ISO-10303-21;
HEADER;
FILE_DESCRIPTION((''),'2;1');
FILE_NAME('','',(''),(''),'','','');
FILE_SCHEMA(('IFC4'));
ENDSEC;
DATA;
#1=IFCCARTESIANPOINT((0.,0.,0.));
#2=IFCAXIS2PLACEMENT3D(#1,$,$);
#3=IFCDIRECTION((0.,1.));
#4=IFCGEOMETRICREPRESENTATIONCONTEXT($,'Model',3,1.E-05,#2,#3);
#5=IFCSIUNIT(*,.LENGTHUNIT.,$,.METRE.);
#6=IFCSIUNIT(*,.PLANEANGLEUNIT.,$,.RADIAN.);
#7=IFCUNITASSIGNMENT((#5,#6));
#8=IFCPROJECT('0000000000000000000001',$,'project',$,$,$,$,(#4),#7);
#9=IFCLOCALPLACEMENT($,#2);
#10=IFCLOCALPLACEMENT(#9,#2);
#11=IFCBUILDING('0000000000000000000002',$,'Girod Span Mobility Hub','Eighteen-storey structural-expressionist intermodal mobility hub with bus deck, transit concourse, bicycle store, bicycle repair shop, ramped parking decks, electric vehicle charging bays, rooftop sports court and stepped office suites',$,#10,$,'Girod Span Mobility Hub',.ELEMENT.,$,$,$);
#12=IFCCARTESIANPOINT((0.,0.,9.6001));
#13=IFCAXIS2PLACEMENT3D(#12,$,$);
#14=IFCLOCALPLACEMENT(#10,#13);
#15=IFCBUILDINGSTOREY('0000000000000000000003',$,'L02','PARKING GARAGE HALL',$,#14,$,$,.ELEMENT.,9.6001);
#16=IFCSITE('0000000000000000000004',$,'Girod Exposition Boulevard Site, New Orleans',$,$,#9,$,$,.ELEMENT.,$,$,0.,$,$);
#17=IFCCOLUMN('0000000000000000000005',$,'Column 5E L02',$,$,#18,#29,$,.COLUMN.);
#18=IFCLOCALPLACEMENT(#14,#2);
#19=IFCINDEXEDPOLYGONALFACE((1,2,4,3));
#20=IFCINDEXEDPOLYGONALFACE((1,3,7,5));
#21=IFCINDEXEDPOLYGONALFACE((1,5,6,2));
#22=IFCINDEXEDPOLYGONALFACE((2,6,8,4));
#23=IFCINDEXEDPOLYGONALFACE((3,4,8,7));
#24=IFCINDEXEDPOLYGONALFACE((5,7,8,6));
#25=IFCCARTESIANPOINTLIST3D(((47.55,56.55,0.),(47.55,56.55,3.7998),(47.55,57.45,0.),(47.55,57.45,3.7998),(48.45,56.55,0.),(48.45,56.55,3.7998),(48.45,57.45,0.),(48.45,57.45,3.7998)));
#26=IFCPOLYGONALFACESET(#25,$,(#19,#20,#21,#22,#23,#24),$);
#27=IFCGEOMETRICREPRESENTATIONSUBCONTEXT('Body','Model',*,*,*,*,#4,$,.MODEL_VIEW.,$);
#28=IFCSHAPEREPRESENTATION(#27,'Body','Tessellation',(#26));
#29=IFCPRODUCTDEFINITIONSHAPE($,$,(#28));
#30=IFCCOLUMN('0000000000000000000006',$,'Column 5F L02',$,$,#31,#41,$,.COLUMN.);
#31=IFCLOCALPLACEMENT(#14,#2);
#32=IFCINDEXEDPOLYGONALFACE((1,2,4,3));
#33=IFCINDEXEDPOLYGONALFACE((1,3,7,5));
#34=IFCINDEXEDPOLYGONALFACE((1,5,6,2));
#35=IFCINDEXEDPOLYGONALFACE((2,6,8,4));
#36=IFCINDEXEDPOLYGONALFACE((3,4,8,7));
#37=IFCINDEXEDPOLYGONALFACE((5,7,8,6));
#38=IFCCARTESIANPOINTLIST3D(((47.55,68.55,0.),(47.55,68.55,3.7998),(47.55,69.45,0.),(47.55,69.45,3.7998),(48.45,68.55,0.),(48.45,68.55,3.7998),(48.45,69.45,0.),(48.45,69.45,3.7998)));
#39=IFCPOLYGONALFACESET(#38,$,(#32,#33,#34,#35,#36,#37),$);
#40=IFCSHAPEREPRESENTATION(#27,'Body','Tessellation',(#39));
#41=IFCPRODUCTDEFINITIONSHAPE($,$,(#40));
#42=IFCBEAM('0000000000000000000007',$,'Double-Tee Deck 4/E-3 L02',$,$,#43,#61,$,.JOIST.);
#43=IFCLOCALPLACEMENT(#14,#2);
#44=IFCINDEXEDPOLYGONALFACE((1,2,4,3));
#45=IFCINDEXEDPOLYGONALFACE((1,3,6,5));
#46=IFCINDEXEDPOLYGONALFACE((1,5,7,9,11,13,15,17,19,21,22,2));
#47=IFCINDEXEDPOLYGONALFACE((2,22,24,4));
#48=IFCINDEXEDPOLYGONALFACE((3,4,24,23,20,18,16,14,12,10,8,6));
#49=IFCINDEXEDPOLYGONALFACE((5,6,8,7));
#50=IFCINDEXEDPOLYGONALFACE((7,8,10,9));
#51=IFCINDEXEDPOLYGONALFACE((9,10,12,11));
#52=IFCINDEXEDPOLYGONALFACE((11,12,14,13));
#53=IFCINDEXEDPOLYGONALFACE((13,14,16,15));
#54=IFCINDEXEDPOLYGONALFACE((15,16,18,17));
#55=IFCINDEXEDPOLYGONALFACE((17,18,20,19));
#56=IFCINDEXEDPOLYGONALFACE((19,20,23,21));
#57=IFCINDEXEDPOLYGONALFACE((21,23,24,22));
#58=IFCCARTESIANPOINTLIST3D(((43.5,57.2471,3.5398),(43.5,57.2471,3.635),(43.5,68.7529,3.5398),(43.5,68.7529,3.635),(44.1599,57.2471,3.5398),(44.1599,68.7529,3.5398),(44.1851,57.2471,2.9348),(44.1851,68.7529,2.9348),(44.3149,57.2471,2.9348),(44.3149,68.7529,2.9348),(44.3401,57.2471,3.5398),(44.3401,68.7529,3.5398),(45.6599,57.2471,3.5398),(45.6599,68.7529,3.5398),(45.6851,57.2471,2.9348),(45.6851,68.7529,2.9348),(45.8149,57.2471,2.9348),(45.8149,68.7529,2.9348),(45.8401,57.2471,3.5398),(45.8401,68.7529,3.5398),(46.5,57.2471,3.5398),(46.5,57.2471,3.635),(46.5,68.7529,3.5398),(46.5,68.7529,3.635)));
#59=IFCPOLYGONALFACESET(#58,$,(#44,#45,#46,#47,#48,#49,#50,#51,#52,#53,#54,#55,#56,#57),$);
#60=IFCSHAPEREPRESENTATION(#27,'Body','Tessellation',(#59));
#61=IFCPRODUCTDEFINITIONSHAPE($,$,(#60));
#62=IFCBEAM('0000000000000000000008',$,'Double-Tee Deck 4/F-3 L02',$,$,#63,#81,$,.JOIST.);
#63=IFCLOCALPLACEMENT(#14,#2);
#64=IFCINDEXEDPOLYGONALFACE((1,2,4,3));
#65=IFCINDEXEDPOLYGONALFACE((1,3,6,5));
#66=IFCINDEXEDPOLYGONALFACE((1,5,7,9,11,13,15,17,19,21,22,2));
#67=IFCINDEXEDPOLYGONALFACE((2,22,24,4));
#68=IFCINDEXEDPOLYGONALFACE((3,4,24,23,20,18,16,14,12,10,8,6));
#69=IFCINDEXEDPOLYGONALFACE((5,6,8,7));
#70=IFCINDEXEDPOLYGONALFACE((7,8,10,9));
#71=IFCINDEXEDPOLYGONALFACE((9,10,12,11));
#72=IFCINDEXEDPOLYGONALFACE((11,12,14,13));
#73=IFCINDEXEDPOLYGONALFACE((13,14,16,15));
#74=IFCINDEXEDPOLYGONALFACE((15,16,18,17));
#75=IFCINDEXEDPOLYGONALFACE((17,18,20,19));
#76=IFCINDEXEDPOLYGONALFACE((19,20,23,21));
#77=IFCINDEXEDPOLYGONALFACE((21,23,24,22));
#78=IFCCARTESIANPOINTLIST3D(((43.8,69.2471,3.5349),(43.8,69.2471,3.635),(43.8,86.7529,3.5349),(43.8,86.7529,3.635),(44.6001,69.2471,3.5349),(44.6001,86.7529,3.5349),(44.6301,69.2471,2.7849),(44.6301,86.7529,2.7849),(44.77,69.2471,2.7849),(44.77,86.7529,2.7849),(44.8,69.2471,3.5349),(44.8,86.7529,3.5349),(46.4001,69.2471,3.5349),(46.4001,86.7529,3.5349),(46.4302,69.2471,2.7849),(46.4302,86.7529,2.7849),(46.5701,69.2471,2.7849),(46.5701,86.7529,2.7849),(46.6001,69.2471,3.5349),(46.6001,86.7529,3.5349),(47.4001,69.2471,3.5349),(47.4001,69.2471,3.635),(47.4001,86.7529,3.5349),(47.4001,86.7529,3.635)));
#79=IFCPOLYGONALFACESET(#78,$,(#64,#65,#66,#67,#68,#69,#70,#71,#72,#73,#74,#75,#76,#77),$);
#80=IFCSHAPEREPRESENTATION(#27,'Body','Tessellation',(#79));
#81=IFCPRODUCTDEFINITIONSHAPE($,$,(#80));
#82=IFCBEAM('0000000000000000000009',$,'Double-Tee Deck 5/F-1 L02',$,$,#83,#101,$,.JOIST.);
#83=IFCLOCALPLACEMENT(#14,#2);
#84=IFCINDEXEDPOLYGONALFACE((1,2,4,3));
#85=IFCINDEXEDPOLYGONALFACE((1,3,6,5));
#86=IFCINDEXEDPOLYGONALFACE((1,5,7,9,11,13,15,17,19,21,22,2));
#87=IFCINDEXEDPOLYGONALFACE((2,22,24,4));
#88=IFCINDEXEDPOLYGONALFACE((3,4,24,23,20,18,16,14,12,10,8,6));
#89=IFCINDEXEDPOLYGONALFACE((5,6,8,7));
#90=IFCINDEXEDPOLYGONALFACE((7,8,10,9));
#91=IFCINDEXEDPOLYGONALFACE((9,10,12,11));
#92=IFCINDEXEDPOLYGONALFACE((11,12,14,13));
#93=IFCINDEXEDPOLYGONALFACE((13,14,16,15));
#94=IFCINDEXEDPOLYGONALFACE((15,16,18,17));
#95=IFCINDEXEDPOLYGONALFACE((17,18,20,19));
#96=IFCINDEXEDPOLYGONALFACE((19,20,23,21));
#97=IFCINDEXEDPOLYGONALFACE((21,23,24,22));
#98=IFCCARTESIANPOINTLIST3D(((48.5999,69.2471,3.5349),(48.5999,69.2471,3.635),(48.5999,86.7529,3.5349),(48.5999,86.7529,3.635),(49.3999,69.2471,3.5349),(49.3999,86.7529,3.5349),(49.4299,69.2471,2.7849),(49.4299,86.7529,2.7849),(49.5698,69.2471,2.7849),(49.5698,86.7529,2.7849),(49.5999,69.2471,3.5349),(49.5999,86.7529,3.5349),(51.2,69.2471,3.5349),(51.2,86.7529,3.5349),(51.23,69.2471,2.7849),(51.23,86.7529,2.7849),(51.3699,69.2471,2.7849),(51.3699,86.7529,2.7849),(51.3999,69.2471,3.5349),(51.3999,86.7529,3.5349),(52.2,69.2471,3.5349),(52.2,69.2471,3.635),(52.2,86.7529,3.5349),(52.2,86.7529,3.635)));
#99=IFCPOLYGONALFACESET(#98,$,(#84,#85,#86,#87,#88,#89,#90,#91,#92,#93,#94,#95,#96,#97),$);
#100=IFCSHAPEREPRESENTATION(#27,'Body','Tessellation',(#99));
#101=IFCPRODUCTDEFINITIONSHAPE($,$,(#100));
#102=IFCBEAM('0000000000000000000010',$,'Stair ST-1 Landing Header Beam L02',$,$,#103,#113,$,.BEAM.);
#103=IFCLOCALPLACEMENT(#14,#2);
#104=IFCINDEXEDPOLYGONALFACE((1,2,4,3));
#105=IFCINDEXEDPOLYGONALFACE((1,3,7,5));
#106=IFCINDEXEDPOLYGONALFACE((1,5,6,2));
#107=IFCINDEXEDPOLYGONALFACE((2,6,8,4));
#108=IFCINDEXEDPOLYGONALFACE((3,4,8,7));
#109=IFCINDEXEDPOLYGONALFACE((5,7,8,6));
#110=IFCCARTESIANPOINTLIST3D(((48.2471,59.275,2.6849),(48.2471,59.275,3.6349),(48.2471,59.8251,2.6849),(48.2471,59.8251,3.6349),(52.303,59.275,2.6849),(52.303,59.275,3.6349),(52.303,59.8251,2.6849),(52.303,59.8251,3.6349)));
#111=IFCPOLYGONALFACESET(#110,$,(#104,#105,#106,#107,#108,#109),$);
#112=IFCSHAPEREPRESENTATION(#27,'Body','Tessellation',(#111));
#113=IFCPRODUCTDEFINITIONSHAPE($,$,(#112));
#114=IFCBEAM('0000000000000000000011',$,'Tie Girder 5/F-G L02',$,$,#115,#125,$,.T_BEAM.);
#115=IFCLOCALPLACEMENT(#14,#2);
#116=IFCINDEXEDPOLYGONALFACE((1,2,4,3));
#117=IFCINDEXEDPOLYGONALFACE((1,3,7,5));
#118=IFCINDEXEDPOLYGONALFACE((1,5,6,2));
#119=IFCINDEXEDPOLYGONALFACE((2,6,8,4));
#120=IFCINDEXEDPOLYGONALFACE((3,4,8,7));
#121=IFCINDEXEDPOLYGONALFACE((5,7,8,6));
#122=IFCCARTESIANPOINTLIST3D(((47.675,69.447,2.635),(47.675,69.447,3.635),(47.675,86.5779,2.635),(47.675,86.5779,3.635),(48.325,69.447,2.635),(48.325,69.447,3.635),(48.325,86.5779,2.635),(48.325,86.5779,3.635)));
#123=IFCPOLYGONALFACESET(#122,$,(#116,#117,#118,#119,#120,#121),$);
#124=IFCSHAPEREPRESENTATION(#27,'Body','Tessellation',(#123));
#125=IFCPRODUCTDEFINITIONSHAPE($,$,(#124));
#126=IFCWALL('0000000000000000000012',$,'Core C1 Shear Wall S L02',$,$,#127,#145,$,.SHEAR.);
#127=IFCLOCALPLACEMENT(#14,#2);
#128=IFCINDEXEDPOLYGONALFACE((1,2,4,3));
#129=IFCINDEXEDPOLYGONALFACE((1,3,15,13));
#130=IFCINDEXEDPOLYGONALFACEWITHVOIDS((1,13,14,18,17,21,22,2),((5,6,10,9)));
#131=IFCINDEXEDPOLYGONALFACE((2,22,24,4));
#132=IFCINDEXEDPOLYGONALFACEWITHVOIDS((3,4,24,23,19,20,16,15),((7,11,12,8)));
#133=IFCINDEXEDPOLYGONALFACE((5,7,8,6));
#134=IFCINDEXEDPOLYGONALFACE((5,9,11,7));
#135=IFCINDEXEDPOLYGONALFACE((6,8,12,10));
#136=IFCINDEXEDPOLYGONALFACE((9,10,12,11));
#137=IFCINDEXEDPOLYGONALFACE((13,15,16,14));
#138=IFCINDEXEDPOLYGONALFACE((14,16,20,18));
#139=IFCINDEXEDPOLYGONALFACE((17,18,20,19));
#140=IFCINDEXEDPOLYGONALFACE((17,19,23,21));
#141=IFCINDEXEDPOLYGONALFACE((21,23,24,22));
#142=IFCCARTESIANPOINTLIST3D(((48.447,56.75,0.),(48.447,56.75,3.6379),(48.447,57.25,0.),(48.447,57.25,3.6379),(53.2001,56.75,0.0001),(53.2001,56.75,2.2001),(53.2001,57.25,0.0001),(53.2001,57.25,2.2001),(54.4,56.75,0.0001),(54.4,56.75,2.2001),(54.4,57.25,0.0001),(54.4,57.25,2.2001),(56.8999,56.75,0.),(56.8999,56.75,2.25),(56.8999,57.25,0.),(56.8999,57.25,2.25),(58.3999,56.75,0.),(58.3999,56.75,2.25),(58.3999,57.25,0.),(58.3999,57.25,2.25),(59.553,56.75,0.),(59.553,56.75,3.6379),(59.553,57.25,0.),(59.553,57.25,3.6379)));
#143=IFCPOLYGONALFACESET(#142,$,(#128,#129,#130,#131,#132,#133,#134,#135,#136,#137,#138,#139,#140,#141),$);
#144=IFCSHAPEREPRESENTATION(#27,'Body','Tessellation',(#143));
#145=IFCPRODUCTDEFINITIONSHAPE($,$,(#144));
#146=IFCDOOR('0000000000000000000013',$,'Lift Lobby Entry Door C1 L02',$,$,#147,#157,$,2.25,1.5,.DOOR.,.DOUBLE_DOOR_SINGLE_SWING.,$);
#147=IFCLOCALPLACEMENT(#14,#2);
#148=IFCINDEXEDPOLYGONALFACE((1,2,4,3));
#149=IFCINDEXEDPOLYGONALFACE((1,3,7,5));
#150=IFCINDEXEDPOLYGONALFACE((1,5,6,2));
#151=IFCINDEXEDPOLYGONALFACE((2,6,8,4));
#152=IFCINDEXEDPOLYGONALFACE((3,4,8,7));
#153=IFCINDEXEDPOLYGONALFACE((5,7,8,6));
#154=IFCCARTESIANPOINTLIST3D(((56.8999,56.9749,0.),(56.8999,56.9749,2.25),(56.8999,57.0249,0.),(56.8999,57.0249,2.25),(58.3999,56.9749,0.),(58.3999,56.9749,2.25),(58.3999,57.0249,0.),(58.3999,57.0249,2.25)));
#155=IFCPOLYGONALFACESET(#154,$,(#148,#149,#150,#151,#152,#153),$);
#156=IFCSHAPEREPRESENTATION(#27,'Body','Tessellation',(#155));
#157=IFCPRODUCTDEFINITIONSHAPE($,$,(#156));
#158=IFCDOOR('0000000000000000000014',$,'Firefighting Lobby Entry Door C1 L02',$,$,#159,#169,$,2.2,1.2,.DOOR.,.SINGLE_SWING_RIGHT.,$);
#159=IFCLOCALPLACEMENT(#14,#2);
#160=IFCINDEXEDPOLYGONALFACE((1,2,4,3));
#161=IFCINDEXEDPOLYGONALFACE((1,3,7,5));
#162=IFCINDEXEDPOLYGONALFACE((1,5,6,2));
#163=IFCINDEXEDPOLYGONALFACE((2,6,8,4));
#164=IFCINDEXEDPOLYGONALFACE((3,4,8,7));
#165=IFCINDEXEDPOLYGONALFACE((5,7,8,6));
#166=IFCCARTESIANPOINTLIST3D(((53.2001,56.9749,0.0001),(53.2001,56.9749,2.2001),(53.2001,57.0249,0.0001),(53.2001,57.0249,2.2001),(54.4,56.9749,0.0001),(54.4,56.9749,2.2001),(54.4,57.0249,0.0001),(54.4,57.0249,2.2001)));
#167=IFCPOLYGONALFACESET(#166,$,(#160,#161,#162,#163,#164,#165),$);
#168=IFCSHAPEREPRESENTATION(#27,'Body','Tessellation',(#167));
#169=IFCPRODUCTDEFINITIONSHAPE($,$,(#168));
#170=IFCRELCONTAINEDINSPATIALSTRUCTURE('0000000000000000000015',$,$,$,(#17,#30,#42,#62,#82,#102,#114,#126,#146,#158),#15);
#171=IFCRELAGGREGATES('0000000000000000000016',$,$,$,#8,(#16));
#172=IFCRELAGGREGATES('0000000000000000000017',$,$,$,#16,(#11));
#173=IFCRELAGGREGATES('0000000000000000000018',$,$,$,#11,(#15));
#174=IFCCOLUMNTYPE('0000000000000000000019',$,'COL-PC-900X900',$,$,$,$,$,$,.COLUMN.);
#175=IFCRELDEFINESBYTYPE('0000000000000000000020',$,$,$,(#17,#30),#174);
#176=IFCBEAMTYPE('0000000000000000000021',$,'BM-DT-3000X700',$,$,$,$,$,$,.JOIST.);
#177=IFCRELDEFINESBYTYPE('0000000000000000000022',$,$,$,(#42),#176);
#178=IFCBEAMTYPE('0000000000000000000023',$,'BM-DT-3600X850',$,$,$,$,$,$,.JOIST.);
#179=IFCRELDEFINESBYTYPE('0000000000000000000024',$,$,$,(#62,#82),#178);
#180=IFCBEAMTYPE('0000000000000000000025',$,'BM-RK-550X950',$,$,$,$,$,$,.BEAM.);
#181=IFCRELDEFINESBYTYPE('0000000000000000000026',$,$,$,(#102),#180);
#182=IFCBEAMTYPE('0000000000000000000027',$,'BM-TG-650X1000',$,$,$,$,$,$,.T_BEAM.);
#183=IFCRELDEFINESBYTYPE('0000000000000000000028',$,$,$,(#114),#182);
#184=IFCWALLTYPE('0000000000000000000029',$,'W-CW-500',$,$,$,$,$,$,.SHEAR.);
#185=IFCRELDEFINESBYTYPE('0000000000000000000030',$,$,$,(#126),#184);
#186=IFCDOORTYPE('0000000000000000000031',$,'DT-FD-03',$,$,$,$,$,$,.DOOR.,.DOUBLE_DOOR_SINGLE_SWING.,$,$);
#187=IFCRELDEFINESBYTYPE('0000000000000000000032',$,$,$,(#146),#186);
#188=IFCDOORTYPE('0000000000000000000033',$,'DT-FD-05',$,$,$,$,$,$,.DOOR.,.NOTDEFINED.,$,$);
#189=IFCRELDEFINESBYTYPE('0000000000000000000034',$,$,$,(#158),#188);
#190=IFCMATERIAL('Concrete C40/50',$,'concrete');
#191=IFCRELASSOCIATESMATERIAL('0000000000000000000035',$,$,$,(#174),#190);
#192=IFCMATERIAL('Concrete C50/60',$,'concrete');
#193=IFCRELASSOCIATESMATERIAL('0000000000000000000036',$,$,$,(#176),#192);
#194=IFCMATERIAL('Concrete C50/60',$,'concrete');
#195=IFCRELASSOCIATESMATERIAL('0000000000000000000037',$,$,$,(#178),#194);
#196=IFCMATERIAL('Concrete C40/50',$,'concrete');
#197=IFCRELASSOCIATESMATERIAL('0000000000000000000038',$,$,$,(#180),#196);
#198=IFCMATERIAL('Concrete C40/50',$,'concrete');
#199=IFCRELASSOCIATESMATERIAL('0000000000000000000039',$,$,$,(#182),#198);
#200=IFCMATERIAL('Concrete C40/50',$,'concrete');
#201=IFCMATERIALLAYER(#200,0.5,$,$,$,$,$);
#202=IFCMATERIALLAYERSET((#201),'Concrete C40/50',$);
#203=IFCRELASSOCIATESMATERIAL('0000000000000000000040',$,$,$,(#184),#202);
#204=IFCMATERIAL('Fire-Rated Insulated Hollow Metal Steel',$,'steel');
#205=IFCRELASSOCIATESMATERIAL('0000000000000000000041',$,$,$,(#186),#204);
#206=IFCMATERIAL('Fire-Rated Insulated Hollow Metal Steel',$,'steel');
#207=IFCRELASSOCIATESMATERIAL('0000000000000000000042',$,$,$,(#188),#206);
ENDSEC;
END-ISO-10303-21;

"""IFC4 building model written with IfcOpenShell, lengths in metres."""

from ifc_helpers import new_model, si_unit, direction, frame, frame_2d, origin, origin_2d, place, context, subcontext, project, spatial, polyline, rectangle, outline, extrude, material, layer, layer_set, material_profile, profile_set, type_object, element, fill, save


model = new_model("IFC4")

# Units and contexts
model_context = context("Model", 3, precision=1e-05, world=origin(), true_north=direction((0.0, 1.0)))
body_context = subcontext(model_context, "Body", "Model", "MODEL_VIEW")
ifc_project = project(units=[si_unit("LENGTHUNIT", "METRE"), si_unit("PLANEANGLEUNIT", "RADIAN")], contexts=[model_context])

# Site, building, storey
site_placement = place(None, origin())
site = spatial("IfcSite", under=ifc_project, at=site_placement, Name="Girod Exposition Boulevard Site, New Orleans", CompositionType="ELEMENT", RefElevation=0.0)
building_placement = place(site_placement, origin())
building = spatial("IfcBuilding", under=site, at=building_placement, Name="Girod Span Mobility Hub", Description="Eighteen-storey structural-expressionist intermodal mobility hub with bus deck, transit concourse, bicycle store, bicycle repair shop, ramped parking decks, electric vehicle charging bays, rooftop sports court and stepped office suites", LongName="Girod Span Mobility Hub", CompositionType="ELEMENT")
storey_placement = place(building_placement, frame((0.0, 0.0, 9.6001)))
storey = spatial("IfcBuildingStorey", under=building, at=storey_placement, Name="L02", Description="PARKING GARAGE HALL", CompositionType="ELEMENT", Elevation=9.6001)

# Columns
ifc_material_1 = material(Name="Concrete C40/50", Category="concrete")
ifc_material_profile_1 = material_profile(ifc_material_1, rectangle(XDim=0.8999, YDim=0.8999, at=origin_2d()), Name="PC-COL-900X900")
ifc_profile_set_1 = profile_set([ifc_material_profile_1], Name="Concrete C40/50")
column_type = type_object("IfcColumnType", Name="COL-PC-900X900", PredefinedType="COLUMN", material=ifc_profile_set_1)
for number, where, z_axis, x_axis, name in (
    (1, (48.0, 57.0, 0.0), (0.0, 0.0, 1.0), (1.0, 0.0, 0.0), "Column 5E L02"),
    (2, (48.0, 69.0, 0.0), (0.0, 0.0, 1.0), (1.0, 0.0, 0.0), "Column 5F L02"),
):
    element("IfcColumn", number, at=place(storey_placement, frame(where, z_axis=z_axis, x_axis=x_axis)), inside=storey, type_object=column_type, Name=name, PredefinedType="COLUMN", context=body_context, shape_type="SweptSolid", body=[
        extrude(rectangle(XDim=0.8999, YDim=0.8999, at=origin_2d()), origin(), (0.0, 0.0, 1.0), 3.7998),
    ])

# Beams
ifc_material_2 = material(Name="Concrete C50/60", Category="concrete")
ifc_material_profile_2 = material_profile(ifc_material_2, outline(polyline([(-1.5, 0.3501), (-1.5, 0.2549), (-0.8401, 0.2549), (-0.8149, -0.3501), (-0.6851, -0.3501), (-0.6599, 0.2549), (0.6599, 0.2549), (0.6851, -0.3501), (0.8149, -0.3501), (0.8401, 0.2549), (1.5, 0.2549), (1.5, 0.3501), (-1.5, 0.3501)])), Name="DT-3000X700")
ifc_profile_set_2 = profile_set([ifc_material_profile_2], Name="Concrete C50/60")
beam_type_1 = type_object("IfcBeamType", Name="BM-DT-3000X700", PredefinedType="JOIST", material=ifc_profile_set_2)
beam_1_placement = place(storey_placement, frame((45.0, 57.2471, 3.2849), z_axis=(0.0, 1.0, 0.0), x_axis=(-1.0, 0.0, 0.0)))
element("IfcBeam", 3, at=beam_1_placement, inside=storey, type_object=beam_type_1, Name="Double-Tee Deck 4/E-3 L02", PredefinedType="JOIST", context=body_context, shape_type="SweptSolid", body=[
    extrude(outline(polyline([(-1.5, 0.3501), (-1.5, 0.2549), (-0.8401, 0.2549), (-0.8149, -0.3501), (-0.6851, -0.3501), (-0.6599, 0.2549), (0.6599, 0.2549), (0.6851, -0.3501), (0.8149, -0.3501), (0.8401, 0.2549), (1.5, 0.2549), (1.5, 0.3501), (-1.5, 0.3501)])), origin(), (0.0, 0.0, 1.0), 11.5059),
])
ifc_material_3 = material(Name="Concrete C50/60", Category="concrete")
ifc_material_profile_3 = material_profile(ifc_material_3, outline(polyline([(-1.8, 0.425), (-1.8, 0.325), (-1.0, 0.325), (-0.97, -0.425), (-0.8301, -0.425), (-0.8, 0.325), (0.8, 0.325), (0.8301, -0.425), (0.97, -0.425), (1.0, 0.325), (1.8, 0.325), (1.8, 0.425), (-1.8, 0.425)])), Name="DT-3600X850")
ifc_profile_set_3 = profile_set([ifc_material_profile_3], Name="Concrete C50/60")
beam_type_2 = type_object("IfcBeamType", Name="BM-DT-3600X850", PredefinedType="JOIST", material=ifc_profile_set_3)
for number, where, z_axis, x_axis, name in (
    (4, (45.6001, 69.2471, 3.21), (0.0, 1.0, 0.0), (-1.0, 0.0, 0.0), "Double-Tee Deck 4/F-3 L02"),
    (5, (50.3999, 69.2471, 3.21), (0.0, 1.0, 0.0), (-1.0, 0.0, 0.0), "Double-Tee Deck 5/F-1 L02"),
):
    element("IfcBeam", number, at=place(storey_placement, frame(where, z_axis=z_axis, x_axis=x_axis)), inside=storey, type_object=beam_type_2, Name=name, PredefinedType="JOIST", context=body_context, shape_type="SweptSolid", body=[
        extrude(outline(polyline([(-1.8, 0.425), (-1.8, 0.325), (-1.0, 0.325), (-0.97, -0.425), (-0.8301, -0.425), (-0.8, 0.325), (0.8, 0.325), (0.8301, -0.425), (0.97, -0.425), (1.0, 0.325), (1.8, 0.325), (1.8, 0.425), (-1.8, 0.425)])), origin(), (0.0, 0.0, 1.0), 17.5059),
    ])
ifc_material_4 = material(Name="Concrete C40/50", Category="concrete")
ifc_material_profile_4 = material_profile(ifc_material_4, rectangle(XDim=0.55, YDim=0.95, at=origin_2d()), Name="RK-550X950")
ifc_profile_set_4 = profile_set([ifc_material_profile_4], Name="Concrete C40/50")
beam_type_3 = type_object("IfcBeamType", Name="BM-RK-550X950", PredefinedType="BEAM", material=ifc_profile_set_4)
beam_2_placement = place(storey_placement, frame((48.2471, 59.55, 3.1599), z_axis=(1.0, 0.0, 0.0), x_axis=(0.0, 1.0, 0.0)))
element("IfcBeam", 6, at=beam_2_placement, inside=storey, type_object=beam_type_3, Name="Stair ST-1 Landing Header Beam L02", PredefinedType="BEAM", context=body_context, shape_type="SweptSolid", body=[
    extrude(rectangle(XDim=0.55, YDim=0.95, at=origin_2d()), origin(), (0.0, 0.0, 1.0), 4.0559),
])
ifc_material_5 = material(Name="Concrete C40/50", Category="concrete")
ifc_material_profile_5 = material_profile(ifc_material_5, rectangle(XDim=0.6499, YDim=1.0, at=origin_2d()), Name="TG-650X1000")
ifc_profile_set_5 = profile_set([ifc_material_profile_5], Name="Concrete C40/50")
beam_type_4 = type_object("IfcBeamType", Name="BM-TG-650X1000", PredefinedType="T_BEAM", material=ifc_profile_set_5)
beam_3_placement = place(storey_placement, frame((48.0, 69.447, 3.135), z_axis=(0.0, 1.0, 0.0), x_axis=(-1.0, 0.0, 0.0)))
element("IfcBeam", 7, at=beam_3_placement, inside=storey, type_object=beam_type_4, Name="Tie Girder 5/F-G L02", PredefinedType="T_BEAM", context=body_context, shape_type="SweptSolid", body=[
    extrude(rectangle(XDim=0.6499, YDim=1.0, at=origin_2d()), origin(), (0.0, 0.0, 1.0), 17.1309),
])

# Wall, openings, doors
ifc_material_6 = material(Name="Concrete C40/50", Category="concrete")
ifc_layer_1 = layer(ifc_material_6, 0.5)
ifc_layer_set_1 = layer_set([ifc_layer_1], Name="Concrete C40/50")
wall_type = type_object("IfcWallType", Name="W-CW-500", PredefinedType="SHEAR", material=ifc_layer_set_1)
wall_placement = place(storey_placement, frame((48.447, 57.0, 0.0), z_axis=(0.0, 0.0, 1.0), x_axis=(1.0, 0.0, 0.0)))
wall = element("IfcWall", 8, at=wall_placement, inside=storey, type_object=wall_type, Name="Core C1 Shear Wall S L02", PredefinedType="SHEAR", context=body_context, shape_type="SweptSolid", body=[
    extrude(rectangle(XDim=11.106, YDim=0.5, at=frame_2d((5.553, 0.0))), origin(), (0.0, 0.0, 1.0), 3.6379),
])
opening_1_placement = place(wall_placement, frame((4.7529, 0.0, 0.0)))
opening_1 = element("IfcOpeningElement", 9, at=opening_1_placement, cuts=wall, PredefinedType="OPENING", context=body_context, shape_type="SweptSolid", body=[
    extrude(rectangle(XDim=1.2, YDim=2.2, at=frame_2d((0.6001, 1.1001))), frame((0.0, 0.2649, 0.0), z_axis=(0.0, -1.0, 0.0), x_axis=(1.0, 0.0, 0.0)), (0.0, 0.0, 1.0), 0.53),
])
opening_2_placement = place(wall_placement, frame((8.4529, 0.0, 0.0)))
opening_2 = element("IfcOpeningElement", 10, at=opening_2_placement, cuts=wall, PredefinedType="OPENING", context=body_context, shape_type="SweptSolid", body=[
    extrude(rectangle(XDim=1.5, YDim=2.25, at=frame_2d((0.75, 1.125))), frame((0.0, 0.2649, 0.0), z_axis=(0.0, -1.0, 0.0), x_axis=(1.0, 0.0, 0.0)), (0.0, 0.0, 1.0), 0.53),
])
ifc_material_7 = material(Name="Fire-Rated Insulated Hollow Metal Steel", Category="steel")
door_type_1 = type_object("IfcDoorType", Name="DT-FD-03", OperationType="DOUBLE_DOOR_SINGLE_SWING", PredefinedType="DOOR", material=ifc_material_7)
door_1_placement = place(opening_2_placement, origin())
door_1 = element("IfcDoor", 11, at=door_1_placement, inside=storey, type_object=door_type_1, Name="Lift Lobby Entry Door C1 L02", OperationType="DOUBLE_DOOR_SINGLE_SWING", OverallHeight=2.25, OverallWidth=1.5, PredefinedType="DOOR", context=body_context, shape_type="SweptSolid", body=[
    extrude(rectangle(XDim=1.5, YDim=2.25, at=frame_2d((0.75, 1.125))), frame((0.0, 0.0249, 0.0), z_axis=(0.0, -1.0, 0.0), x_axis=(1.0, 0.0, 0.0)), (0.0, 0.0, 1.0), 0.05),
])
fill(opening_2, door_1)
ifc_material_8 = material(Name="Fire-Rated Insulated Hollow Metal Steel", Category="steel")
door_type_2 = type_object("IfcDoorType", Name="DT-FD-05", OperationType="NOTDEFINED", PredefinedType="DOOR", material=ifc_material_8)
door_2_placement = place(opening_1_placement, origin())
door_2 = element("IfcDoor", 12, at=door_2_placement, inside=storey, type_object=door_type_2, Name="Firefighting Lobby Entry Door C1 L02", OperationType="SINGLE_SWING_RIGHT", OverallHeight=2.2, OverallWidth=1.2, PredefinedType="DOOR", context=body_context, shape_type="SweptSolid", body=[
    extrude(rectangle(XDim=1.2, YDim=2.2, at=frame_2d((0.6001, 1.1001))), frame((0.0, 0.0249, 0.0), z_axis=(0.0, -1.0, 0.0), x_axis=(1.0, 0.0, 0.0)), (0.0, 0.0, 1.0), 0.05),
])
fill(opening_1, door_2)

save(model, "model.ifc")
